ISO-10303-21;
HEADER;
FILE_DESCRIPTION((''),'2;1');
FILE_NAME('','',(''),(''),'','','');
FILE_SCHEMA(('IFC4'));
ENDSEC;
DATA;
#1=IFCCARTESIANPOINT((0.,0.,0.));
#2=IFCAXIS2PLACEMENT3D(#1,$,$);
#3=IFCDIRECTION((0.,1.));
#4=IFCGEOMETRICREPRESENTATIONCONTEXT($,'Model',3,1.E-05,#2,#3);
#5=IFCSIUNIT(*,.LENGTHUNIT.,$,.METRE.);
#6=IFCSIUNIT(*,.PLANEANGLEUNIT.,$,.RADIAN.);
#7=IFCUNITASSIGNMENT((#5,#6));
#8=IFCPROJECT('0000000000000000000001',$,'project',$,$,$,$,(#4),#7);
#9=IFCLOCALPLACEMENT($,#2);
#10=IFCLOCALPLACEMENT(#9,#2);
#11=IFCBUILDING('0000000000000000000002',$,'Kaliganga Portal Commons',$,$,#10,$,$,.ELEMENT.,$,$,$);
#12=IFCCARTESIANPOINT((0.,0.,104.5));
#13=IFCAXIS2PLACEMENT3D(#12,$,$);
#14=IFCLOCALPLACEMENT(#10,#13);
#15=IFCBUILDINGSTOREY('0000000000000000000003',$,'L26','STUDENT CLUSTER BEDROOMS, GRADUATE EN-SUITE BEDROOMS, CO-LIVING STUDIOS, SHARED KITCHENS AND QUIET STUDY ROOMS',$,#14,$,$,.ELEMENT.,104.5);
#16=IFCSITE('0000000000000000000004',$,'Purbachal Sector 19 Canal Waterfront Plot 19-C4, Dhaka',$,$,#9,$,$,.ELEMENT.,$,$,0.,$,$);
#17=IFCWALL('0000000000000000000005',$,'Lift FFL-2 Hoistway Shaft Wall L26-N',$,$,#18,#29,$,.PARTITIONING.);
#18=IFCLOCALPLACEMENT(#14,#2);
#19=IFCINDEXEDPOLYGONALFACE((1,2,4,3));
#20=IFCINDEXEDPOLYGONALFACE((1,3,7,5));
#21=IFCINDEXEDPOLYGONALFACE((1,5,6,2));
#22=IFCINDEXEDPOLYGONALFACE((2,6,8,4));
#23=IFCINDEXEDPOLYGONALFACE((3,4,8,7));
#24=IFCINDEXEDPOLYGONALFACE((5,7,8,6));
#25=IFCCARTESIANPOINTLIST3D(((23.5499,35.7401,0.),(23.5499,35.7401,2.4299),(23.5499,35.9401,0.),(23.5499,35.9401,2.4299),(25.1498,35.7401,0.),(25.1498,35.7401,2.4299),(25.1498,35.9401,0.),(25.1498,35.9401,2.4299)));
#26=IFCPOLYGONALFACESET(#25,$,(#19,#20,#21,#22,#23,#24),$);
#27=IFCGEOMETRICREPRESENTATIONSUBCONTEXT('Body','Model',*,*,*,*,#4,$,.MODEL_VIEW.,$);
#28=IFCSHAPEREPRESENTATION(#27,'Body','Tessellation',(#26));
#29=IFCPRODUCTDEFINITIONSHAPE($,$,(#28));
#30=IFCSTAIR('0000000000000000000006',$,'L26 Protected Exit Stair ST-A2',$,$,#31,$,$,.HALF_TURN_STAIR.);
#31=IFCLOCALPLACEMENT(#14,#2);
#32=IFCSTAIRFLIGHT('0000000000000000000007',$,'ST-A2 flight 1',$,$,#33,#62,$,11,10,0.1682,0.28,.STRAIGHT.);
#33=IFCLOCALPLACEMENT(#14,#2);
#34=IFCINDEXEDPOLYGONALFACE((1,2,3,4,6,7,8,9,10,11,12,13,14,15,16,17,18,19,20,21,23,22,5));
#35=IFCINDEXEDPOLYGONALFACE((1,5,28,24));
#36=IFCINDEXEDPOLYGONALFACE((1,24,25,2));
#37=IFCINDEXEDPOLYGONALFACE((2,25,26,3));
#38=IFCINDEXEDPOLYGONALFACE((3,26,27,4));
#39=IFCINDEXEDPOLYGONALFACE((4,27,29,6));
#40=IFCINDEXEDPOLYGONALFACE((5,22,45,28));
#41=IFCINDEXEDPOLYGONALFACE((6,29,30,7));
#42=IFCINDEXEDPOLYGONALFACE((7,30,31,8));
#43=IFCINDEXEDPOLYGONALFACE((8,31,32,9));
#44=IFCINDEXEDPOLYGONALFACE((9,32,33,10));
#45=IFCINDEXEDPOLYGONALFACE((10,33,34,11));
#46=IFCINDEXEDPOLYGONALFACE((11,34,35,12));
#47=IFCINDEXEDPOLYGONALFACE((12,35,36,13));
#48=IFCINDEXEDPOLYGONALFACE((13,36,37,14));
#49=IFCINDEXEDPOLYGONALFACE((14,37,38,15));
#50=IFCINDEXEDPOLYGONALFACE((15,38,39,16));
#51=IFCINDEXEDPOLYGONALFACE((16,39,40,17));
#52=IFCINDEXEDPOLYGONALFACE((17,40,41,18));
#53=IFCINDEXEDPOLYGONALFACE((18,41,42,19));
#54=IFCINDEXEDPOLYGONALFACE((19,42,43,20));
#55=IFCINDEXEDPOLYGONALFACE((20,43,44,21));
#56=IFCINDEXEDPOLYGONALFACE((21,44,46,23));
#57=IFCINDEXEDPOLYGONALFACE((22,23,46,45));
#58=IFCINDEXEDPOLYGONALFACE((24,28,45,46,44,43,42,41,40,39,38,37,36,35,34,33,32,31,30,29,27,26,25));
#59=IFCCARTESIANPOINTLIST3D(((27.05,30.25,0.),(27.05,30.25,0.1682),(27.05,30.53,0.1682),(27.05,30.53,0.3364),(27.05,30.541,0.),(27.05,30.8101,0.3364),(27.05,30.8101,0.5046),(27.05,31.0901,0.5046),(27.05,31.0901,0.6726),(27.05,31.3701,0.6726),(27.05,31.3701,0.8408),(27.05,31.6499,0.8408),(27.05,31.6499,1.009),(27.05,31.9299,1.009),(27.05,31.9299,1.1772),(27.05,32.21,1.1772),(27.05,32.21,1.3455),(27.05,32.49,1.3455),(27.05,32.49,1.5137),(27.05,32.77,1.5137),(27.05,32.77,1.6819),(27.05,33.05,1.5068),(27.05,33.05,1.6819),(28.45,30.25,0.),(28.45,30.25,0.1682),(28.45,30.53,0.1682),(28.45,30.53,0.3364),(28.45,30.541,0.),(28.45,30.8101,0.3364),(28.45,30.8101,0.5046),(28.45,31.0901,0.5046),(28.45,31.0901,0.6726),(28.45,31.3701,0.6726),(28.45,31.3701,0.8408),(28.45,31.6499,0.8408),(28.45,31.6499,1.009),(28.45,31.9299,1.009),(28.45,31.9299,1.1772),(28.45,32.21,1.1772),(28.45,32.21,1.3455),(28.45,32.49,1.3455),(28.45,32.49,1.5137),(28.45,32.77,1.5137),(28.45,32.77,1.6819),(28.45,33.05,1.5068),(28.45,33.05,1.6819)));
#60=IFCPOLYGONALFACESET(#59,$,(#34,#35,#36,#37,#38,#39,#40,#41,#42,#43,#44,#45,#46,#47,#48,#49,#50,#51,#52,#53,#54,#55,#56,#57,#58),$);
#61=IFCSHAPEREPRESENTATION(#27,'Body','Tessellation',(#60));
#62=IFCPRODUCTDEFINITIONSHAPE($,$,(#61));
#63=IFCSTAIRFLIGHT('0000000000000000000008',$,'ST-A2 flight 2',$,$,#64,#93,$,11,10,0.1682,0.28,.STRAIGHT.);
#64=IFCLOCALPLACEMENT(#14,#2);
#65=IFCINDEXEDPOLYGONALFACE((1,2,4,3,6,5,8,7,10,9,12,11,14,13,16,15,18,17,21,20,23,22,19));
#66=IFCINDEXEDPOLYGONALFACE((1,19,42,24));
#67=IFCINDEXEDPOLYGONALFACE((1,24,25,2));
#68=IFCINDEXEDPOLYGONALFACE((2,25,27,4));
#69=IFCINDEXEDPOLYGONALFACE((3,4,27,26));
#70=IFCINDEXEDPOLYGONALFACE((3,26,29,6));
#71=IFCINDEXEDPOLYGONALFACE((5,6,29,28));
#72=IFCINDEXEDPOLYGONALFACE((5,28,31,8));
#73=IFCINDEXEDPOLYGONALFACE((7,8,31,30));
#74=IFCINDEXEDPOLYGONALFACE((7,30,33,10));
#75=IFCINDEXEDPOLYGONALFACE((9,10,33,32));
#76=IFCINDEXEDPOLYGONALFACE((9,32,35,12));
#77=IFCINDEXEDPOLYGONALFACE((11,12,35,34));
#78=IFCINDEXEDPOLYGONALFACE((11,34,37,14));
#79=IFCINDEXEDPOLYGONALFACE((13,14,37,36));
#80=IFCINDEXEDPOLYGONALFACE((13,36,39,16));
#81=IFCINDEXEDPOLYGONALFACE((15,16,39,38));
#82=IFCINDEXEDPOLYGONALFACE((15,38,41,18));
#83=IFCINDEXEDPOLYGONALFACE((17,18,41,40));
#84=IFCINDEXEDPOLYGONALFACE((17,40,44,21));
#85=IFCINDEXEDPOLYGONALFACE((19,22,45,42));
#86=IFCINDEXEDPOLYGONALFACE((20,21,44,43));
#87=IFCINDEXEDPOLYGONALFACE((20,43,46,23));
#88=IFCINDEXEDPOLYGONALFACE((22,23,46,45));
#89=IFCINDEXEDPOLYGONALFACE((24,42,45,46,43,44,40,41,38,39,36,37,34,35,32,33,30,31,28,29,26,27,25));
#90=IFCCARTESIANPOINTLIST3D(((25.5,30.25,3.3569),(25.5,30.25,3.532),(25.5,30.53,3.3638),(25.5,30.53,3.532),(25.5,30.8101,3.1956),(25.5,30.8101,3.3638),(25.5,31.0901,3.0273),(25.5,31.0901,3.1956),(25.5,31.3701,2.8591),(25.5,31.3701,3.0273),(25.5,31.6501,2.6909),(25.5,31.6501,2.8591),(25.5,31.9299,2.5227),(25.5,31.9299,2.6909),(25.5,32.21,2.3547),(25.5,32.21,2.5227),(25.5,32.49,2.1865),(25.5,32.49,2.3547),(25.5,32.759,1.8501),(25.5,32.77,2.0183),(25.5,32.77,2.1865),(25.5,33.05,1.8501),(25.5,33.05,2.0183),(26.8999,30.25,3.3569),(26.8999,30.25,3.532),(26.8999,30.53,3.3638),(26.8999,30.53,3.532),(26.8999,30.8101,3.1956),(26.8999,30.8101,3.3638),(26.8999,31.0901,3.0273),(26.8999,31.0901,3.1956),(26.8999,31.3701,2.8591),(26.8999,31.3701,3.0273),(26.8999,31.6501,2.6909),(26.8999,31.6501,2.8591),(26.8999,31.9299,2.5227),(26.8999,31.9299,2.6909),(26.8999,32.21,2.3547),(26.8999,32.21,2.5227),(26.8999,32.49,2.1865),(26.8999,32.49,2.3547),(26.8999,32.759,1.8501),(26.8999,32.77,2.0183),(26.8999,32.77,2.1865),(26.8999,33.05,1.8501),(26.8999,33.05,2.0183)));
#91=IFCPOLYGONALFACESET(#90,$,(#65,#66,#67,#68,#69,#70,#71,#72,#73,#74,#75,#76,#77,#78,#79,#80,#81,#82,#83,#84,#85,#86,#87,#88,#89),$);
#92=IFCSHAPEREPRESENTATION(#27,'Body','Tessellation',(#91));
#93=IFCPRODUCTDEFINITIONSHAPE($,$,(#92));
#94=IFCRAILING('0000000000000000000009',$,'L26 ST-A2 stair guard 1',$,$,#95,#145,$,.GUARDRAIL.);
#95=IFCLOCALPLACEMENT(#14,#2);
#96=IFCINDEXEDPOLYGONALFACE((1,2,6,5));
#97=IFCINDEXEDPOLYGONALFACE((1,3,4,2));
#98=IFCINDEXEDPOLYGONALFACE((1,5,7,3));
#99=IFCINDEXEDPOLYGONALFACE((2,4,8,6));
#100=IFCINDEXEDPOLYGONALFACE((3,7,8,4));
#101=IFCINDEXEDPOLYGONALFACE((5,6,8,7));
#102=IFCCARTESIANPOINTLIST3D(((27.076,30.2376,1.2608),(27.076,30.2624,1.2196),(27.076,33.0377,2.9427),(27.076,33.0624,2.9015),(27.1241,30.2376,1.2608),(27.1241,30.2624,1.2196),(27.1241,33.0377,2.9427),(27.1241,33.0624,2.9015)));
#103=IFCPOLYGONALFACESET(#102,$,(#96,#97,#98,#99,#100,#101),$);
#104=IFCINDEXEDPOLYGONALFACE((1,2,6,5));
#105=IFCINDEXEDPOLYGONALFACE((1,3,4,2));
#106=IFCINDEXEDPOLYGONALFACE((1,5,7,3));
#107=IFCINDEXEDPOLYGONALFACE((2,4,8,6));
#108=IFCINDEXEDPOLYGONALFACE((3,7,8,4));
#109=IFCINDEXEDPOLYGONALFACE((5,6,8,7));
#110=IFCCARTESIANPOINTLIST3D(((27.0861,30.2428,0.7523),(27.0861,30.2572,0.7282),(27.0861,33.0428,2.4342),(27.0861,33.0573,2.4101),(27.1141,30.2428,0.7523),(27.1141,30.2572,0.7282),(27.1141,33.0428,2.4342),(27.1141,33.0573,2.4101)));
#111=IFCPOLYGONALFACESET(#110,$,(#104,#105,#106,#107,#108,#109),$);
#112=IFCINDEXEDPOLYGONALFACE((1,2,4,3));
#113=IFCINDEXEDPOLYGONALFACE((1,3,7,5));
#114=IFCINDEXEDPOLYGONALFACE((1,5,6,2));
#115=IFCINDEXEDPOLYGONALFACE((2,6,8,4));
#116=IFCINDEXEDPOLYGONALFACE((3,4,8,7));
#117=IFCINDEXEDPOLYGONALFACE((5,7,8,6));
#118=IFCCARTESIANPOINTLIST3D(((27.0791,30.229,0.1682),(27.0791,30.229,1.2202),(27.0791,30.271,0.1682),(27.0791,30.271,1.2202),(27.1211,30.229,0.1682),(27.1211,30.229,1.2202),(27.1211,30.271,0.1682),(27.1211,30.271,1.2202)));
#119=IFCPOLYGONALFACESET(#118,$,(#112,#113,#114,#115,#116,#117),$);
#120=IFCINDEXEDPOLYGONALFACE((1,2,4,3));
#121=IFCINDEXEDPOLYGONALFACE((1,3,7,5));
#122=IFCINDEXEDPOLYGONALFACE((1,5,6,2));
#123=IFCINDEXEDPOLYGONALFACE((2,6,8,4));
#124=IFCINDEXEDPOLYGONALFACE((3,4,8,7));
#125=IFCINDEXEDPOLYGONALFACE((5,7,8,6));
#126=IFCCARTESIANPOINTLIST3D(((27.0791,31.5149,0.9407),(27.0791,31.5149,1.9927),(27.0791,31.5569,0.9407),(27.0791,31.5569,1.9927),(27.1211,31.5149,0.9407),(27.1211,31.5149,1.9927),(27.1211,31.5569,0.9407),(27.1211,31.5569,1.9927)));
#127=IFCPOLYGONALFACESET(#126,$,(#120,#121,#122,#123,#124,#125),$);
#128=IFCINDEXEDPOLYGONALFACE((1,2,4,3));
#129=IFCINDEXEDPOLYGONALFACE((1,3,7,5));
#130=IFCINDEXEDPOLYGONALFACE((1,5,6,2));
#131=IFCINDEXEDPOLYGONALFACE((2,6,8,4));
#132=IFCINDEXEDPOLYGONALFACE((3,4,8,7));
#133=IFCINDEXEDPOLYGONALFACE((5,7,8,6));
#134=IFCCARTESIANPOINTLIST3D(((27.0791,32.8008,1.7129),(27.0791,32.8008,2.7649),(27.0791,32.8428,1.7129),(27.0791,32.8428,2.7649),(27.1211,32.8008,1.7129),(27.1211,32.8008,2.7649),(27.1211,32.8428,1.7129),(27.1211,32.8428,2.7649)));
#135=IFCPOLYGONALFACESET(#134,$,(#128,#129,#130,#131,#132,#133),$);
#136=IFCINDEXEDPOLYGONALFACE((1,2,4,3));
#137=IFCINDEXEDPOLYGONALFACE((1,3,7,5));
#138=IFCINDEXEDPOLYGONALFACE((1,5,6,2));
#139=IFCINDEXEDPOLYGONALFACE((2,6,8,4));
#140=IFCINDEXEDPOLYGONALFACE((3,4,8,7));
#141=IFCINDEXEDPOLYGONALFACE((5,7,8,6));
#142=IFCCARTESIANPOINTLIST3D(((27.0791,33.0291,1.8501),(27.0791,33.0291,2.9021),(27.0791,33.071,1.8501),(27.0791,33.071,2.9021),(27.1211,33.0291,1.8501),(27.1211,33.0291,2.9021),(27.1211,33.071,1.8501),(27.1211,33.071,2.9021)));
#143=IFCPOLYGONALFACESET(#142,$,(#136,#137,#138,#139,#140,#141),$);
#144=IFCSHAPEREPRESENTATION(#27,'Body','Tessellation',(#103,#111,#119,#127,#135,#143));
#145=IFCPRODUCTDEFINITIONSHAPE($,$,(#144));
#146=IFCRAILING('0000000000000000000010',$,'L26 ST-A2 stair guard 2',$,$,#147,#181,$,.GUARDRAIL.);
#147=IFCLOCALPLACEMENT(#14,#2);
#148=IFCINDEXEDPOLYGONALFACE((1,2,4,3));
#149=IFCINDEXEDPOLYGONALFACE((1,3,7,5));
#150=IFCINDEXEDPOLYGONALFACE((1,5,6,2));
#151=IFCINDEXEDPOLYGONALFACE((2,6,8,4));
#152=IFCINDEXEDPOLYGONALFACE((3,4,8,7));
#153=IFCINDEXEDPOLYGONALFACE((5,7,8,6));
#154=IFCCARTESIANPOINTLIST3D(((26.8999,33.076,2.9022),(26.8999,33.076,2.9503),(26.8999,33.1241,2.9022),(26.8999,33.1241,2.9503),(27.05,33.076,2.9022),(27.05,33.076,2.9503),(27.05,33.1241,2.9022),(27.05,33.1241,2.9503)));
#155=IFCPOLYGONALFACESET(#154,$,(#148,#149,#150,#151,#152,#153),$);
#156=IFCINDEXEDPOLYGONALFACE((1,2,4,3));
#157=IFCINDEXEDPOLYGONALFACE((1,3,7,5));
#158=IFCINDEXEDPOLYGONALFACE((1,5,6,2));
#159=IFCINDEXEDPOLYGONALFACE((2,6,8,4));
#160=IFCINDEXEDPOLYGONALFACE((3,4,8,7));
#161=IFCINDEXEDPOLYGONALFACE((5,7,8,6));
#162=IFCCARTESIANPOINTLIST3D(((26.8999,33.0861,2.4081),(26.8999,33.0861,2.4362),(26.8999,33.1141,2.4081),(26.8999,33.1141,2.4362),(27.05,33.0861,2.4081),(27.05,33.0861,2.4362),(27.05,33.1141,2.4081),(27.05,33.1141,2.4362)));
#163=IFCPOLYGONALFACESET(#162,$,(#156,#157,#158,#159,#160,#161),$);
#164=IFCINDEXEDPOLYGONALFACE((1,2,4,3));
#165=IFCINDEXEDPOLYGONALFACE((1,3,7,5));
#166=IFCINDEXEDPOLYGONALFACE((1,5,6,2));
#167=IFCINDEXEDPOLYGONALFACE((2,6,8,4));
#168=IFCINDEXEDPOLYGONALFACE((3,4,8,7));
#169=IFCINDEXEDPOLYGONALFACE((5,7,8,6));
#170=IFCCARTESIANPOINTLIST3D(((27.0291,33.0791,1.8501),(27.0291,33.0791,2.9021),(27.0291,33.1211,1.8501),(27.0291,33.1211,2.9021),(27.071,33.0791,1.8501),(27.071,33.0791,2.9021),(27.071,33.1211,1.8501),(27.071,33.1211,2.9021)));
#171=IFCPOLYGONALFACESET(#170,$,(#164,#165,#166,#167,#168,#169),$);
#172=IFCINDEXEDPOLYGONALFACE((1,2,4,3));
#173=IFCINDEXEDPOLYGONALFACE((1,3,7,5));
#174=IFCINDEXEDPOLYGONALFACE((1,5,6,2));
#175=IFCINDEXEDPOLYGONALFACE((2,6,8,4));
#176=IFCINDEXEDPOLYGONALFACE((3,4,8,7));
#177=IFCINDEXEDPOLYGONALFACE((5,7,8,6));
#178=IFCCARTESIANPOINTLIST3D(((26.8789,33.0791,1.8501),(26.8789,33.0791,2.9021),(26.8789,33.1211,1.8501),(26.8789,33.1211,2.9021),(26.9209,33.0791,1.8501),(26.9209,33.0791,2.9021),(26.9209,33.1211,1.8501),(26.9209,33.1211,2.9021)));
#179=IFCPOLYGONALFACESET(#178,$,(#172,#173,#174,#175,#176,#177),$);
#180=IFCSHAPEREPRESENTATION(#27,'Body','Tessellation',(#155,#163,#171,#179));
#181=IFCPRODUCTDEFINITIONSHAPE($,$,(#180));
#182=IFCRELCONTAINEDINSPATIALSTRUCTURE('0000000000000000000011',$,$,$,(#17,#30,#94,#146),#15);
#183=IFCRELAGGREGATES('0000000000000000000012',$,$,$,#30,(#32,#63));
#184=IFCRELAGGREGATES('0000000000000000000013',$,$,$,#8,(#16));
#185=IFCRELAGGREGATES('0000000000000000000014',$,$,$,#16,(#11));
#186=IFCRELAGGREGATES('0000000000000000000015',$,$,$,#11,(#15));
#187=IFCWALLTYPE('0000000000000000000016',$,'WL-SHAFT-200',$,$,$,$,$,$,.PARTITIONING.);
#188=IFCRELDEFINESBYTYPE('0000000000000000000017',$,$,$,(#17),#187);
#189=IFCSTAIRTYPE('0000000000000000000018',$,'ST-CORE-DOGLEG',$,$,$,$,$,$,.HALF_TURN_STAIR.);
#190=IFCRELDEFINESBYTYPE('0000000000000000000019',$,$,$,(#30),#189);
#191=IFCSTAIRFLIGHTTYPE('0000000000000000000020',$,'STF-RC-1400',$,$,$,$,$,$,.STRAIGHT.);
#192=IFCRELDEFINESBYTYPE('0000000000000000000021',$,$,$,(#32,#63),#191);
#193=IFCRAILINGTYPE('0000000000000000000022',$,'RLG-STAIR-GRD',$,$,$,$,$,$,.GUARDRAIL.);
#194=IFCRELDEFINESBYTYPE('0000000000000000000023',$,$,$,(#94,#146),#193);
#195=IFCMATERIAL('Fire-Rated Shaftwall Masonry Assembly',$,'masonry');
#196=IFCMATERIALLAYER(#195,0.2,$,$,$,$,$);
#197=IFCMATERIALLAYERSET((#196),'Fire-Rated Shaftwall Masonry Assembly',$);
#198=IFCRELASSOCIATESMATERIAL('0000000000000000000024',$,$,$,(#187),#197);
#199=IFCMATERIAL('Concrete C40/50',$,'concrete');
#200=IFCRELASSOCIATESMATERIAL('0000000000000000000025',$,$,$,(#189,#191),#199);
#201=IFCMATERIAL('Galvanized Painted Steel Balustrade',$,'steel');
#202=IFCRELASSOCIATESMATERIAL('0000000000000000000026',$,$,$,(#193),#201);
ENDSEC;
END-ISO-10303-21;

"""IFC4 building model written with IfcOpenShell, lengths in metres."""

from ifc_helpers import new_model, si_unit, direction, frame, frame_2d, origin, origin_2d, place, context, subcontext, project, spatial, polyline, rectangle, outline, extrude, material, layer, layer_set, type_object, element, aggregate, save


model = new_model("IFC4")

# Units and contexts
model_context = context("Model", 3, precision=1e-05, world=origin(), true_north=direction((0.0, 1.0)))
body_context = subcontext(model_context, "Body", "Model", "MODEL_VIEW")
ifc_project = project(units=[si_unit("LENGTHUNIT", "METRE"), si_unit("PLANEANGLEUNIT", "RADIAN")], contexts=[model_context])

# Site, building, storey
site_placement = place(None, origin())
site = spatial("IfcSite", under=ifc_project, at=site_placement, Name="Purbachal Sector 19 Canal Waterfront Plot 19-C4, Dhaka", CompositionType="ELEMENT", RefElevation=0.0)
building_placement = place(site_placement, origin())
building = spatial("IfcBuilding", under=site, at=building_placement, Name="Kaliganga Portal Commons", CompositionType="ELEMENT")
storey_placement = place(building_placement, frame((0.0, 0.0, 104.5)))
storey = spatial("IfcBuildingStorey", under=building, at=storey_placement, Name="L26", Description="STUDENT CLUSTER BEDROOMS, GRADUATE EN-SUITE BEDROOMS, CO-LIVING STUDIOS, SHARED KITCHENS AND QUIET STUDY ROOMS", CompositionType="ELEMENT", Elevation=104.5)

# Shared definitions
ifc_material_1 = material(Name="Fire-Rated Shaftwall Masonry Assembly", Category="masonry")
ifc_layer_1 = layer(ifc_material_1, 0.2)
ifc_layer_set_1 = layer_set([ifc_layer_1], Name="Fire-Rated Shaftwall Masonry Assembly")
wall_type_1 = type_object("IfcWallType", Name="WL-SHAFT-200", PredefinedType="PARTITIONING", material=ifc_layer_set_1)

# Wall
wall_1_placement = place(storey_placement, frame((23.55, 35.8401, 0.0), z_axis=(0.0, 0.0, 1.0), x_axis=(1.0, 0.0, 0.0)))
element("IfcWall", 1, at=wall_1_placement, inside=storey, type_object=wall_type_1, Name="Lift FFL-2 Hoistway Shaft Wall L26-N", PredefinedType="PARTITIONING", context=body_context, shape_type="SweptSolid", body=[
    extrude(rectangle(XDim=1.5999, YDim=0.2, at=frame_2d((0.7998, 0.0))), origin(), (0.0, 0.0, 1.0), 2.4299),
])

# Stair, stair flights
ifc_material_2 = material(Name="Concrete C40/50", Category="concrete")
stair_type = type_object("IfcStairType", Name="ST-CORE-DOGLEG", PredefinedType="HALF_TURN_STAIR", material=ifc_material_2)
stair_placement = place(storey_placement, origin())
stair = element("IfcStair", 2, at=stair_placement, inside=storey, type_object=stair_type, Name="L26 Protected Exit Stair ST-A2", PredefinedType="HALF_TURN_STAIR")
stair_flight_type = type_object("IfcStairFlightType", Name="STF-RC-1400", PredefinedType="STRAIGHT", material=ifc_material_2)
stair_flight_1_placement = place(storey_placement, frame((27.75, 30.25, 0.0), z_axis=(0.0, 0.0, 1.0), x_axis=(0.0, 1.0, 0.0)))
stair_flight_1 = element("IfcStairFlight", 3, at=stair_flight_1_placement, type_object=stair_flight_type, Name="ST-A2 flight 1", NumberOfRisers=11, NumberOfTreads=10, PredefinedType="STRAIGHT", RiserHeight=0.1682, TreadLength=0.28, context=body_context, shape_type="SweptSolid", body=[
    extrude(outline(polyline([(0.0, 0.0), (0.0, 0.1682), (0.28, 0.1682), (0.28, 0.3364), (0.5601, 0.3364), (0.5601, 0.5046), (0.8401, 0.5046), (0.8401, 0.6726), (1.1201, 0.6726), (1.1201, 0.8408), (1.3999, 0.8408), (1.3999, 1.009), (1.6799, 1.009), (1.6799, 1.1772), (1.96, 1.1772), (1.96, 1.3455), (2.24, 1.3455), (2.24, 1.5137), (2.52, 1.5137), (2.52, 1.6819), (2.8, 1.6819), (2.8, 1.8501), (2.8, 1.5068), (0.291, 0.0), (0.0, 0.0)])), frame((0.0, 0.7, 0.0), z_axis=(0.0, -1.0, 0.0), x_axis=(1.0, 0.0, 0.0)), (0.0, 0.0, 1.0), 1.3999),
])
stair_flight_2_placement = place(storey_placement, frame((26.2, 33.05, 1.8501), z_axis=(0.0, 0.0, 1.0), x_axis=(0.0, -1.0, 0.0)))
stair_flight_2 = element("IfcStairFlight", 4, at=stair_flight_2_placement, type_object=stair_flight_type, Name="ST-A2 flight 2", NumberOfRisers=11, NumberOfTreads=10, PredefinedType="STRAIGHT", RiserHeight=0.1682, TreadLength=0.28, context=body_context, shape_type="SweptSolid", body=[
    extrude(outline(polyline([(0.0, 0.0), (0.0, 0.1682), (0.28, 0.1682), (0.28, 0.3364), (0.5601, 0.3364), (0.5601, 0.5046), (0.8401, 0.5046), (0.8401, 0.6726), (1.1201, 0.6726), (1.1201, 0.8408), (1.3999, 0.8408), (1.3999, 1.009), (1.6799, 1.009), (1.6799, 1.1772), (1.96, 1.1772), (1.96, 1.3455), (2.24, 1.3455), (2.24, 1.5137), (2.52, 1.5137), (2.52, 1.6819), (2.8, 1.6819), (2.8, 1.8501), (2.8, 1.5068), (0.291, 0.0), (0.0, 0.0)])), frame((0.0, 0.7, 0.0), z_axis=(0.0, -1.0, 0.0), x_axis=(1.0, 0.0, 0.0)), (0.0, 0.0, 1.0), 1.3999),
])
aggregate(stair, [stair_flight_1, stair_flight_2])

# Railings
ifc_material_3 = material(Name="Galvanized Painted Steel Balustrade", Category="steel")
railing_type_1 = type_object("IfcRailingType", Name="RLG-STAIR-GRD", PredefinedType="GUARDRAIL", material=ifc_material_3)
railing_1_placement = place(storey_placement, frame((27.1001, 30.25, 0.1682)))
element("IfcRailing", 5, at=railing_1_placement, inside=storey, type_object=railing_type_1, Name="L26 ST-A2 stair guard 1", PredefinedType="GUARDRAIL", context=body_context, shape_type="SweptSolid", body=[
    extrude(rectangle(XDim=0.0481, YDim=0.0481, at=origin_2d()), frame((0.0, 0.0, 1.072), z_axis=(0.0, 0.857242, 0.514913), x_axis=(-1.0, 0.0, 0.0)), (0.0, 0.0, 1.0), 3.2664),
    extrude(rectangle(XDim=0.0281, YDim=0.0281, at=origin_2d()), frame((0.0, 0.0, 0.572), z_axis=(0.0, 0.857242, 0.514913), x_axis=(-1.0, 0.0, 0.0)), (0.0, 0.0, 1.0), 3.2664),
    extrude(rectangle(XDim=0.042, YDim=0.042, at=origin_2d()), origin(), (0.0, 0.0, 1.0), 1.052),
    extrude(rectangle(XDim=0.042, YDim=0.042, at=origin_2d()), frame((0.0, 1.2859, 0.7725)), (0.0, 0.0, 1.0), 1.052),
    extrude(rectangle(XDim=0.042, YDim=0.042, at=origin_2d()), frame((0.0, 2.5718, 1.5447)), (0.0, 0.0, 1.0), 1.052),
    extrude(rectangle(XDim=0.042, YDim=0.042, at=origin_2d()), frame((0.0, 2.8, 1.6819)), (0.0, 0.0, 1.0), 1.052),
])
railing_2_placement = place(storey_placement, frame((27.05, 33.1001, 1.8501)))
element("IfcRailing", 6, at=railing_2_placement, inside=storey, type_object=railing_type_1, Name="L26 ST-A2 stair guard 2", PredefinedType="GUARDRAIL", context=body_context, shape_type="SweptSolid", body=[
    extrude(rectangle(XDim=0.0481, YDim=0.0481, at=origin_2d()), frame((0.0, 0.0, 1.0762), z_axis=(-1.0, 0.0, 0.0), x_axis=(0.0, -1.0, 0.0)), (0.0, 0.0, 1.0), 0.1501),
    extrude(rectangle(XDim=0.0281, YDim=0.0281, at=origin_2d()), frame((0.0, 0.0, 0.572), z_axis=(-1.0, 0.0, 0.0), x_axis=(0.0, -1.0, 0.0)), (0.0, 0.0, 1.0), 0.1501),
    extrude(rectangle(XDim=0.042, YDim=0.042, at=origin_2d()), origin(), (0.0, 0.0, 1.0), 1.052),
    extrude(rectangle(XDim=0.042, YDim=0.042, at=origin_2d()), frame((-0.1501, 0.0, 0.0)), (0.0, 0.0, 1.0), 1.052),
])

save(model, "model.ifc")
